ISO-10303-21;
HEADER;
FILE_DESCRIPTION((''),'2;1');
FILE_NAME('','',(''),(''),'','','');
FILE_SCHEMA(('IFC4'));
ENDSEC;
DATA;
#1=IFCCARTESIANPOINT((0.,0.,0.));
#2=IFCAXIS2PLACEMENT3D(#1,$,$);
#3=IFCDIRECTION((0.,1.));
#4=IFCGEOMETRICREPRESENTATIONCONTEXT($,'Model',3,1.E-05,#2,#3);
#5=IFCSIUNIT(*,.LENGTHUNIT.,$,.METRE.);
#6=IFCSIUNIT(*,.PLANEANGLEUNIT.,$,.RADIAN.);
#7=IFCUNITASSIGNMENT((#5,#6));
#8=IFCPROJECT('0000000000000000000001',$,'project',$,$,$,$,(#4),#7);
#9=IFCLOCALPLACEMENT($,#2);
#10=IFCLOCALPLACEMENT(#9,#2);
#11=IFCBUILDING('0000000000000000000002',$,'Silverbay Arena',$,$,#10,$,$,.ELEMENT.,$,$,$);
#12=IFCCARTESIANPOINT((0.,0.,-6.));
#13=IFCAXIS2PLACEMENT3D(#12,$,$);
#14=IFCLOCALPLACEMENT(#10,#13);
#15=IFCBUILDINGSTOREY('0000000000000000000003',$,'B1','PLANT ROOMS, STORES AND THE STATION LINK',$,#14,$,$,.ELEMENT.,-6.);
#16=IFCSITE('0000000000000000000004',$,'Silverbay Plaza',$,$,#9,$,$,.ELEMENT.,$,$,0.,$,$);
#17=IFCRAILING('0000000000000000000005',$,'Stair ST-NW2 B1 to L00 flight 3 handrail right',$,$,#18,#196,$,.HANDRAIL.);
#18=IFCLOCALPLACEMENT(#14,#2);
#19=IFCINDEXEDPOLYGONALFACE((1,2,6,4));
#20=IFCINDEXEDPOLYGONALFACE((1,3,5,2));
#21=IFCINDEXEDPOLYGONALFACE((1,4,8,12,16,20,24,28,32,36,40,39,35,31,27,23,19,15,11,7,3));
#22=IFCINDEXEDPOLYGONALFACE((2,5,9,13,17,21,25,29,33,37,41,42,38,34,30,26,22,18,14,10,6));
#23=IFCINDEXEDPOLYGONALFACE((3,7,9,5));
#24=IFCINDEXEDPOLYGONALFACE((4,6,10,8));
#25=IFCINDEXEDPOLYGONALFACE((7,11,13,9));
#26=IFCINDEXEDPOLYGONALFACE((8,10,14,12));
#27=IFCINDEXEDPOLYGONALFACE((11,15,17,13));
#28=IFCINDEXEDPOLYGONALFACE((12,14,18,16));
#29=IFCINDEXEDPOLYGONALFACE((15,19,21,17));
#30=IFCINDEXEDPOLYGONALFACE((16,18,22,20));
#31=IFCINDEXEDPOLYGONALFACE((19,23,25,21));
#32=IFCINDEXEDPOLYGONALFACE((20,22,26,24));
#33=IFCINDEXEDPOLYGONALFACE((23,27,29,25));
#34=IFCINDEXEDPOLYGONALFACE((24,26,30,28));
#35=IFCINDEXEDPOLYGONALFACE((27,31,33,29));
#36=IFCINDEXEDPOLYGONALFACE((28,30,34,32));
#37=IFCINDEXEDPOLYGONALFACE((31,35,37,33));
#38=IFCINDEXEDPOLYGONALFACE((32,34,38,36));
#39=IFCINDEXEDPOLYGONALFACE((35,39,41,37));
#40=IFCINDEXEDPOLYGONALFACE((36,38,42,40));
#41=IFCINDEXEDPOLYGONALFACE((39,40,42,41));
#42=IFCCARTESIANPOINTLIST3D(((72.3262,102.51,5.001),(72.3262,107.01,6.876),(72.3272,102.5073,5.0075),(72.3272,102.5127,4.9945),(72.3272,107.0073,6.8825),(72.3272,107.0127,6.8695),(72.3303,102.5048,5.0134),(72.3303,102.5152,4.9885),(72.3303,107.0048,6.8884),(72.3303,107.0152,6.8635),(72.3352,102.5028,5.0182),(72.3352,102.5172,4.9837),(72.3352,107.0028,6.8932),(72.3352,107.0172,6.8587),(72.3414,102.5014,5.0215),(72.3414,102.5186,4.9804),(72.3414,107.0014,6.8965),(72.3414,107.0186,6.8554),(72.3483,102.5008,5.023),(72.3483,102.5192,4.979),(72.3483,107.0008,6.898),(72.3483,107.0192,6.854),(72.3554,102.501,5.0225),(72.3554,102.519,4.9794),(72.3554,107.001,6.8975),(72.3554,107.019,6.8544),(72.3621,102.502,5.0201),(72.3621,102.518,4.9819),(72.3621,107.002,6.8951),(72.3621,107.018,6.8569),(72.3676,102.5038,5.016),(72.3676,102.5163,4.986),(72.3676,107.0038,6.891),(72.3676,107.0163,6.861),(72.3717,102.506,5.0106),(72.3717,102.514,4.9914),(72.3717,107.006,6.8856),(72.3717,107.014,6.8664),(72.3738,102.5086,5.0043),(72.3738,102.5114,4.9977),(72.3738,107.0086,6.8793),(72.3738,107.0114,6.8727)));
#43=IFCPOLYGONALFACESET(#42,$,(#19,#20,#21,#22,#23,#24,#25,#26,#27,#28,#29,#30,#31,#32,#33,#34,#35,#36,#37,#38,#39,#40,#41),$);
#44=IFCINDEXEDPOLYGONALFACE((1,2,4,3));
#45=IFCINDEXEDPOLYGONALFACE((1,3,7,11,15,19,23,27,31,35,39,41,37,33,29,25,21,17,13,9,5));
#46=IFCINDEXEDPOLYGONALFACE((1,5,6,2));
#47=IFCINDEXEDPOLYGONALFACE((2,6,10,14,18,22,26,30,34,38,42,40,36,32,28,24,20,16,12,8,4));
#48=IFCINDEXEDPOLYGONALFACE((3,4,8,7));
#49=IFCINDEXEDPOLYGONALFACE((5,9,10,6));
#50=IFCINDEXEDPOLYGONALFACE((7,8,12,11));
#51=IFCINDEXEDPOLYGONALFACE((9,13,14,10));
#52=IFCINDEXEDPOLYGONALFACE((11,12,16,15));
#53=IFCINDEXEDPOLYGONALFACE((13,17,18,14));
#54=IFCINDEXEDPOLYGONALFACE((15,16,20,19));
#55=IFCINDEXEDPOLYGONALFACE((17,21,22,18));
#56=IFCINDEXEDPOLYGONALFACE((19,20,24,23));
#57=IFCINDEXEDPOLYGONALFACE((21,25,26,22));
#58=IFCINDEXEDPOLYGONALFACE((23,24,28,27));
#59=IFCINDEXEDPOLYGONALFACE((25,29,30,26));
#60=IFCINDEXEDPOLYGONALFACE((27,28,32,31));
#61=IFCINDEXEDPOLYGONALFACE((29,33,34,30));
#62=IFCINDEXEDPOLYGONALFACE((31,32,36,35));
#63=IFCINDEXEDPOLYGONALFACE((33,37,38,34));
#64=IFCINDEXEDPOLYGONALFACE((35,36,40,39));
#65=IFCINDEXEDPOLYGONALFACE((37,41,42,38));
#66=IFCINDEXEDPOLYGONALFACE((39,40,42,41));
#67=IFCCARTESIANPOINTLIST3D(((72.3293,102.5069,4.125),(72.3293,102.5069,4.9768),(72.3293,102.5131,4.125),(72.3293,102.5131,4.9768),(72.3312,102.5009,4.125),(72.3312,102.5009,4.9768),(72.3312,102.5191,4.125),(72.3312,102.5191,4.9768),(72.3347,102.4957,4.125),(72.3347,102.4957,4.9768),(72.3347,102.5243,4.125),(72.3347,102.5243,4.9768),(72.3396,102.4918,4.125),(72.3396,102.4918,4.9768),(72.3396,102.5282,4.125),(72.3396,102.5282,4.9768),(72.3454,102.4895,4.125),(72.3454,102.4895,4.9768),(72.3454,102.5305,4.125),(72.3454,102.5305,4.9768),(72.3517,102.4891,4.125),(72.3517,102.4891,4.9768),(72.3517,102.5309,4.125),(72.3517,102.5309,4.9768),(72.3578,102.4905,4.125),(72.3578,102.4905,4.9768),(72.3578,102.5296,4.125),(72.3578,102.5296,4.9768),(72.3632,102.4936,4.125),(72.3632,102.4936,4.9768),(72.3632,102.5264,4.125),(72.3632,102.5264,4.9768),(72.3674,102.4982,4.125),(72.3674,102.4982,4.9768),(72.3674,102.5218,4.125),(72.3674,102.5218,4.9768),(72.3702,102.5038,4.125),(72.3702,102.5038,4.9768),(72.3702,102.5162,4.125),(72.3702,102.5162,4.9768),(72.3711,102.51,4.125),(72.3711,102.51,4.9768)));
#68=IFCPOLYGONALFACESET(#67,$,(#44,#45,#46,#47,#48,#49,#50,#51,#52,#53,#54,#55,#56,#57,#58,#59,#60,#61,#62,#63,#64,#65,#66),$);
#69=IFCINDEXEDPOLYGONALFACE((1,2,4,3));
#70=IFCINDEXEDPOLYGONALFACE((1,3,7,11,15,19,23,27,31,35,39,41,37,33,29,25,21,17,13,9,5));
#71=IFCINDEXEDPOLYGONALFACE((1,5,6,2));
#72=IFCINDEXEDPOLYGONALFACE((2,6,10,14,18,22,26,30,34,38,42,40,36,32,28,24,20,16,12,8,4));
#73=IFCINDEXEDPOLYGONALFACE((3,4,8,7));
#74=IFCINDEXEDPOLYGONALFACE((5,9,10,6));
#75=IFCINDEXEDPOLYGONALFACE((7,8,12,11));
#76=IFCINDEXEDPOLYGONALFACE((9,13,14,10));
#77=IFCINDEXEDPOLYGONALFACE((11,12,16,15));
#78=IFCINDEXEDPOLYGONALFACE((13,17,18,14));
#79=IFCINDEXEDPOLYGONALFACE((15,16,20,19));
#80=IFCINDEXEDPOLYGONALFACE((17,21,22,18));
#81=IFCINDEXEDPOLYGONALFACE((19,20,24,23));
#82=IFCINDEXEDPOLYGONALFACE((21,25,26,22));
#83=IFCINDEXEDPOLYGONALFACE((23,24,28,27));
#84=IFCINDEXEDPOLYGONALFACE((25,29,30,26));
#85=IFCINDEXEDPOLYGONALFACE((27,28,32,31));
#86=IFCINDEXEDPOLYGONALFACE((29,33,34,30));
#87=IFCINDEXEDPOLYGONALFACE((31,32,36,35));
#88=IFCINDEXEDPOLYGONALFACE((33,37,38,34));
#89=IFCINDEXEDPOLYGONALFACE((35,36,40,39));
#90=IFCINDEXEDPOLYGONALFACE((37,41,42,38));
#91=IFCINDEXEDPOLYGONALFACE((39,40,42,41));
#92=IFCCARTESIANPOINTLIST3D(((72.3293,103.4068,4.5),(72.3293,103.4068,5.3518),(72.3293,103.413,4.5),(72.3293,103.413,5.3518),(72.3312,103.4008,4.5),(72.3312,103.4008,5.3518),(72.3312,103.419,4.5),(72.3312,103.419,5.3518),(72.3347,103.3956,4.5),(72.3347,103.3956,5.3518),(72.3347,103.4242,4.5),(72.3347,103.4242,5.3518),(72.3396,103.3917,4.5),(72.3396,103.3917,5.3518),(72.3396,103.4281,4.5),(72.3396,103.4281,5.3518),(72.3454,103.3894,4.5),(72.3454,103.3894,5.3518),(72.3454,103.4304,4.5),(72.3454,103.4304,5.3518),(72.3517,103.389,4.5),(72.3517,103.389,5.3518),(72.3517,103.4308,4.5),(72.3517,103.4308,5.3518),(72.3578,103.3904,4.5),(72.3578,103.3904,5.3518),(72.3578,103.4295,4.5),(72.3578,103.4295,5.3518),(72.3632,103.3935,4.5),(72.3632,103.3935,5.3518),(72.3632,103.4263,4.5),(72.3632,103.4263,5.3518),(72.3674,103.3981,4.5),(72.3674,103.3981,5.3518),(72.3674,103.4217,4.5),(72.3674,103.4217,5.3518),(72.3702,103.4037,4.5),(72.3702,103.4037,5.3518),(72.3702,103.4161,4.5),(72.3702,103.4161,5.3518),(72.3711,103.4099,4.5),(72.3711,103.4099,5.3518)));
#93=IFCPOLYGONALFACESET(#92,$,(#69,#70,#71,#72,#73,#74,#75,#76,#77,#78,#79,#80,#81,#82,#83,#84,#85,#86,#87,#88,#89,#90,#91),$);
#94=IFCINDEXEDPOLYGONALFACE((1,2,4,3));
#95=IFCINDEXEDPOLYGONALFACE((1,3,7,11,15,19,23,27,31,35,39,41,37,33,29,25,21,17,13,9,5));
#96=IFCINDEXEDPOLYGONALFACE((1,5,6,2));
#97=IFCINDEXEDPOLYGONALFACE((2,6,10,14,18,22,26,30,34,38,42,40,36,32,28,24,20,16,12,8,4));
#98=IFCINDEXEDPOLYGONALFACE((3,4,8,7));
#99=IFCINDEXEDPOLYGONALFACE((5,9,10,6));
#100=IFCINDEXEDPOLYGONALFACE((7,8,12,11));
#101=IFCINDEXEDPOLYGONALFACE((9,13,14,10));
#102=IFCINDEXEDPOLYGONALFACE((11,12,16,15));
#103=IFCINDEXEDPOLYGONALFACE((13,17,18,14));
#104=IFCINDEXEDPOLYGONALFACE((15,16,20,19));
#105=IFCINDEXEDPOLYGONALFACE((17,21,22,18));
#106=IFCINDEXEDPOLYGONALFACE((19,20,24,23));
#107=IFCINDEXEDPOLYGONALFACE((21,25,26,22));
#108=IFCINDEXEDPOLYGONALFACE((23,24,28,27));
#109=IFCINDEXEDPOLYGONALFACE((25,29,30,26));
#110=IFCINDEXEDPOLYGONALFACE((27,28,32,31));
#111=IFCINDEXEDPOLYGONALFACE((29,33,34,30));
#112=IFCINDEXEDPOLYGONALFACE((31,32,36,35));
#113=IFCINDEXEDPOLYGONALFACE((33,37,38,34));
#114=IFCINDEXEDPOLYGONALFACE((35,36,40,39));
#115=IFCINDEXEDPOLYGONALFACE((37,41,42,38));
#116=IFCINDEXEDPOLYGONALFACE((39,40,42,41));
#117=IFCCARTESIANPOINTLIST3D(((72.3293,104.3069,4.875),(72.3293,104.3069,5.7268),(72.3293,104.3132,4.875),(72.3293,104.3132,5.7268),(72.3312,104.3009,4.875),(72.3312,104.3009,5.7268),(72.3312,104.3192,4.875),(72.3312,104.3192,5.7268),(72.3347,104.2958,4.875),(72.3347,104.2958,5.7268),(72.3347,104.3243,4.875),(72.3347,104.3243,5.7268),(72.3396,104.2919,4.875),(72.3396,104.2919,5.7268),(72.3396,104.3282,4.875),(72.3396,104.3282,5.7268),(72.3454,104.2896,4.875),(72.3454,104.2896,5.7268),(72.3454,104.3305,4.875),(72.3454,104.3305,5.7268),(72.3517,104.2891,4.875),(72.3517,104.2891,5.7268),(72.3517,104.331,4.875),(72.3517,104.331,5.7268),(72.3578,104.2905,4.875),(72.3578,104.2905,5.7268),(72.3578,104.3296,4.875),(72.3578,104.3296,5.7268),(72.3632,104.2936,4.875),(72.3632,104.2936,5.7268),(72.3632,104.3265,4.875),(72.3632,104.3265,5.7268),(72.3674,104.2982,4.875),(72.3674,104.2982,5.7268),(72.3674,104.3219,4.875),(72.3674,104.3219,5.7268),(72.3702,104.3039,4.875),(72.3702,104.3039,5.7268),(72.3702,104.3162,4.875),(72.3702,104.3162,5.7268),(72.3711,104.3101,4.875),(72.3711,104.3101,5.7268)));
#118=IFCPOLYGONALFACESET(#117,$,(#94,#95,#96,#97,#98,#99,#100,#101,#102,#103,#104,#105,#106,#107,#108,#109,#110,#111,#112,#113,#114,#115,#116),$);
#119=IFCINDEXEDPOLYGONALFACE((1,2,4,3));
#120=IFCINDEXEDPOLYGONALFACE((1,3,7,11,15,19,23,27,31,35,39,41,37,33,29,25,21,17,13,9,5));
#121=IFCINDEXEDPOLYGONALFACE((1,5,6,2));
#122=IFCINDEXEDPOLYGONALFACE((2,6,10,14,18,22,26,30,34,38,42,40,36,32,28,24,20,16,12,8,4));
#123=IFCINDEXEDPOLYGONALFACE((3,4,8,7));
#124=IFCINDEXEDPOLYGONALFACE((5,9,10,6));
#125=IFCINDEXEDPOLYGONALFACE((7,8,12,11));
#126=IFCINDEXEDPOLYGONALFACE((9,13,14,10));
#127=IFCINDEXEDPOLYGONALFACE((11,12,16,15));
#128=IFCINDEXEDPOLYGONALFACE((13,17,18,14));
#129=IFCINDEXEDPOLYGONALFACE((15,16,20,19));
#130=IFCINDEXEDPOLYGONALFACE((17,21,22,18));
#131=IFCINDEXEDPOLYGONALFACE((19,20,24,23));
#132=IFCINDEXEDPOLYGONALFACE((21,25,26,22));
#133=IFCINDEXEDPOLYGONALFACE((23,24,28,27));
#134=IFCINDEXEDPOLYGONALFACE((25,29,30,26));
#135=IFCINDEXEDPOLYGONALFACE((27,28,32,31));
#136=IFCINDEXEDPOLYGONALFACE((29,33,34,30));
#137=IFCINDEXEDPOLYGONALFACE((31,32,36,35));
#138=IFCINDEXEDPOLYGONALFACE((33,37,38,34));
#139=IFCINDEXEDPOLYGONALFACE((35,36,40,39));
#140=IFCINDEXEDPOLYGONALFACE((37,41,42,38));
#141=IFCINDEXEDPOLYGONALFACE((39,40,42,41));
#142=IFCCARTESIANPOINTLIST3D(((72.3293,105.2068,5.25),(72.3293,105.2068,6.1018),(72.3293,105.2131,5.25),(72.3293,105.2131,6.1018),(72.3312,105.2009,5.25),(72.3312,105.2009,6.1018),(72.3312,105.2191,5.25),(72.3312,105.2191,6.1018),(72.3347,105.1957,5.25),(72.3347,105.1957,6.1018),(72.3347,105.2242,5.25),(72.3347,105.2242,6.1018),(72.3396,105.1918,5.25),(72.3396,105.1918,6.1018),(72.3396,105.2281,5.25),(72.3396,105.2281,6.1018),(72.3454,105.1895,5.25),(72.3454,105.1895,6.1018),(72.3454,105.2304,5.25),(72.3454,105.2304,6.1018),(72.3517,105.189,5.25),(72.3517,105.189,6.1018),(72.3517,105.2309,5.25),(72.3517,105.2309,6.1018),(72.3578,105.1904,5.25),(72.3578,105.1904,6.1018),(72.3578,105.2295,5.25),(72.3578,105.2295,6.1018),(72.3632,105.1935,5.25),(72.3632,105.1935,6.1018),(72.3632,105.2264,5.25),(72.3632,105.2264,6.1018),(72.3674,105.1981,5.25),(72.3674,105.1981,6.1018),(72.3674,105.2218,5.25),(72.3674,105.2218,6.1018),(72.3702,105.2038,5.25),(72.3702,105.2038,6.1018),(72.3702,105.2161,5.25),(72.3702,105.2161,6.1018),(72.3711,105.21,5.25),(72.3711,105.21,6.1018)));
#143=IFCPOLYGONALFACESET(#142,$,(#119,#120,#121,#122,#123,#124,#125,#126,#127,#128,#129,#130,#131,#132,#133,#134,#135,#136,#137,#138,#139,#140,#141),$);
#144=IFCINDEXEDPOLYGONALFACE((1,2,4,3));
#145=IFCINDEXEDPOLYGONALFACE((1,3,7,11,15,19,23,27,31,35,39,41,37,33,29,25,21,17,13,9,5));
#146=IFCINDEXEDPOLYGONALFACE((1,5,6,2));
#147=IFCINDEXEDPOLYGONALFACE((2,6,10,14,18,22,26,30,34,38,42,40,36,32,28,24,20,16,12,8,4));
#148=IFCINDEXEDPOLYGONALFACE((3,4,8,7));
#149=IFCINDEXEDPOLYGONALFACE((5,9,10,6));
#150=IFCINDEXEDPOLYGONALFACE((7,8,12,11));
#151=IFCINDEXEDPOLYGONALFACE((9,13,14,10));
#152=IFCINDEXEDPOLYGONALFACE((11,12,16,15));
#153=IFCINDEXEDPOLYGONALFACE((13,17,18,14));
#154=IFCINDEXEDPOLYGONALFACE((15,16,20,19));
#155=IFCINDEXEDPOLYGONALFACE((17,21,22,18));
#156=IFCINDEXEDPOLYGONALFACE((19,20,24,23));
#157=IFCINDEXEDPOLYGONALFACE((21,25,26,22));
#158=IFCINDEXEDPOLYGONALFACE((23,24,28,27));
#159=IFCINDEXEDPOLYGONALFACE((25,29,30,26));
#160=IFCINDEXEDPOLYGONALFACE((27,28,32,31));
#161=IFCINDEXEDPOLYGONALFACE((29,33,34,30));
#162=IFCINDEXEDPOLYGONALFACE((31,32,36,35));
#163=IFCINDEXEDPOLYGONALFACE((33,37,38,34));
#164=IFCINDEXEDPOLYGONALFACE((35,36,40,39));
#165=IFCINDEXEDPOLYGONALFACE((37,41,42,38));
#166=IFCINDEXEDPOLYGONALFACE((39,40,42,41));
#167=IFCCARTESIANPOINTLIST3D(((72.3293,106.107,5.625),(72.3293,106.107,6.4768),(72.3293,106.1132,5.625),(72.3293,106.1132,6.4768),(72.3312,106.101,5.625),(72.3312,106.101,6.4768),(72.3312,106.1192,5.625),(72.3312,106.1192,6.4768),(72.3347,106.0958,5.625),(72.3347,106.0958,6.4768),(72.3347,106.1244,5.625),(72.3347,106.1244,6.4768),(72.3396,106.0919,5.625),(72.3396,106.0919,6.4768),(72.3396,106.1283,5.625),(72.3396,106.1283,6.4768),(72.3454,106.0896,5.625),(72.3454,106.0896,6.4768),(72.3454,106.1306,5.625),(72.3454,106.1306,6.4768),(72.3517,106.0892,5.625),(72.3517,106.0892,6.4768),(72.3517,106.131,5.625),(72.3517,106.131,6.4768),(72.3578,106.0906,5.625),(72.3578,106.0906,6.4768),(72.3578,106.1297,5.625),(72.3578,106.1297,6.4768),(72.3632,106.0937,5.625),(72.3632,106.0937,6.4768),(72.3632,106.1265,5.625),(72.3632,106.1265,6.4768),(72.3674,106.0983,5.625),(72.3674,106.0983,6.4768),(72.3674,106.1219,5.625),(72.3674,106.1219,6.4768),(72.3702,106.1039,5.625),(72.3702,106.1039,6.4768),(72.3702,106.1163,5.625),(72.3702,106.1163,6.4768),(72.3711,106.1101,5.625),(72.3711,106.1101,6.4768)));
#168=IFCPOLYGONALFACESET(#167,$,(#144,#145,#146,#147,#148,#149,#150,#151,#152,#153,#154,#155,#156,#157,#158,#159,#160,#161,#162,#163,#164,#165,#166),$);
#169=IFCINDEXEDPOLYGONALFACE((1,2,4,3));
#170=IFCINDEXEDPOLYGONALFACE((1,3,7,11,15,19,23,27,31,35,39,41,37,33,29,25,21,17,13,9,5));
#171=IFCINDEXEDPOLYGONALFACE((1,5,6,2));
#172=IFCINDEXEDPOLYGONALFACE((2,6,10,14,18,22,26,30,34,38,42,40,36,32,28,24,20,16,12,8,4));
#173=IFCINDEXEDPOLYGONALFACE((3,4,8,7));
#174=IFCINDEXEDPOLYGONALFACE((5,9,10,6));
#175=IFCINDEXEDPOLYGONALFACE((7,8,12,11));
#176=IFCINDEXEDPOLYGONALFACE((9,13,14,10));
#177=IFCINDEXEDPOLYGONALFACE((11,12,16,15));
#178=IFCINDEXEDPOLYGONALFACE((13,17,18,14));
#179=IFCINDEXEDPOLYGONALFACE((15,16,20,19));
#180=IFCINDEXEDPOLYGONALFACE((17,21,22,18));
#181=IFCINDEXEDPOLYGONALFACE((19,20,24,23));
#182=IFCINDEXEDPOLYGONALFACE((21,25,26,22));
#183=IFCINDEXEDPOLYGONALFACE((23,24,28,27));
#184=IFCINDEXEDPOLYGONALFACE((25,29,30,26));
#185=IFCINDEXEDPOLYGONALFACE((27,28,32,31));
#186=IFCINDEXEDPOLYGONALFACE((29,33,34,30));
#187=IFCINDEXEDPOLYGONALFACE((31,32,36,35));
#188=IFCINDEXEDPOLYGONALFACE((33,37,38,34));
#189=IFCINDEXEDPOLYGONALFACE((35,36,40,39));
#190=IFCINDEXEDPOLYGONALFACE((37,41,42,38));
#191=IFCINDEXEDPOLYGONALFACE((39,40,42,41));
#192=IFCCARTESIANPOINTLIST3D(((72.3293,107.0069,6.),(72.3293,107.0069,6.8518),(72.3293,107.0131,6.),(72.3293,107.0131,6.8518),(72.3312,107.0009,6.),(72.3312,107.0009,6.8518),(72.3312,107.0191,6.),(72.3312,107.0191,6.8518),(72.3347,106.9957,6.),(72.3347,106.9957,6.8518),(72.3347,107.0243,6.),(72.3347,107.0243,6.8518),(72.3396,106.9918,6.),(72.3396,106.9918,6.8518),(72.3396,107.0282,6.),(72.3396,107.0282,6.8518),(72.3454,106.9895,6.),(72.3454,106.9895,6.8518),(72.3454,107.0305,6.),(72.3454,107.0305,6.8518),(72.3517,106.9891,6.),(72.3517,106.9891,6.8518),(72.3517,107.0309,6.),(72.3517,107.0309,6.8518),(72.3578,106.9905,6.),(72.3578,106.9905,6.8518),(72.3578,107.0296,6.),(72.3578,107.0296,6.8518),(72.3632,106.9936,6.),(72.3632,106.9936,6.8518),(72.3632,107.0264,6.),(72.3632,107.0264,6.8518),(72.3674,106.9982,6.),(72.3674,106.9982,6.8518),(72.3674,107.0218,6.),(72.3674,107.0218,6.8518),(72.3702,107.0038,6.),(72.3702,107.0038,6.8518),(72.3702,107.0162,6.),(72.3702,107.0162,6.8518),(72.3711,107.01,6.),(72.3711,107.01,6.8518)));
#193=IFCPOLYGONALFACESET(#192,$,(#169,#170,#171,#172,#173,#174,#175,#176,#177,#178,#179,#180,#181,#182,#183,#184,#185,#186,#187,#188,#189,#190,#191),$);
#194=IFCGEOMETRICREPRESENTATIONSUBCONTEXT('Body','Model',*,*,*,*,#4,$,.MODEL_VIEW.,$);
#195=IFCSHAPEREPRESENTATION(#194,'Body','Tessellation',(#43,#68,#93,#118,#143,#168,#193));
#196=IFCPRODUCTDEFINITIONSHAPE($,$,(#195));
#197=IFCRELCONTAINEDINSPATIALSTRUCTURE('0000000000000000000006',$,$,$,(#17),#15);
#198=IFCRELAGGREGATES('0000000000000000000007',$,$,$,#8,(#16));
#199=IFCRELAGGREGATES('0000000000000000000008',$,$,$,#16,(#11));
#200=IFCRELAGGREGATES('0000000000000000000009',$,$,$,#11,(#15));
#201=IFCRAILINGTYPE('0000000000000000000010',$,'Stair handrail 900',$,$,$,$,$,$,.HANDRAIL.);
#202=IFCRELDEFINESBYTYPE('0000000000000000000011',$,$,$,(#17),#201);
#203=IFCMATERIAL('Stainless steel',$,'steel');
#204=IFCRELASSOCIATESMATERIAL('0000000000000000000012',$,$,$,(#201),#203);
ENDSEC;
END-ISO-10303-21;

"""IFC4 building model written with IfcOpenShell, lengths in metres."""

from ifc_helpers import new_model, si_unit, direction, frame, origin, origin_2d, place, context, subcontext, project, spatial, circle, extrude, material, type_object, element, save


model = new_model("IFC4")

# Units and contexts
model_context = context("Model", 3, precision=1e-05, world=origin(), true_north=direction((0.0, 1.0)))
body_context = subcontext(model_context, "Body", "Model", "MODEL_VIEW")
ifc_project = project(units=[si_unit("LENGTHUNIT", "METRE"), si_unit("PLANEANGLEUNIT", "RADIAN")], contexts=[model_context])

# Site, building, storey
site_placement = place(None, origin())
site = spatial("IfcSite", under=ifc_project, at=site_placement, Name="Silverbay Plaza", CompositionType="ELEMENT", RefElevation=0.0)
building_placement = place(site_placement, origin())
building = spatial("IfcBuilding", under=site, at=building_placement, Name="Silverbay Arena", CompositionType="ELEMENT")
storey_placement = place(building_placement, frame((0.0, 0.0, -6.0)))
storey = spatial("IfcBuildingStorey", under=building, at=storey_placement, Name="B1", Description="PLANT ROOMS, STORES AND THE STATION LINK", CompositionType="ELEMENT", Elevation=-6.0)

# Railing
ifc_material_1 = material(Name="Stainless steel", Category="steel")
railing_type_1 = type_object("IfcRailingType", Name="Stair handrail 900", PredefinedType="HANDRAIL", material=ifc_material_1)
railing_1_placement = place(storey_placement, frame((72.3501, 102.51, 4.125)))
element("IfcRailing", 1, at=railing_1_placement, inside=storey, type_object=railing_type_1, Name="Stair ST-NW2 B1 to L00 flight 3 handrail right", PredefinedType="HANDRAIL", context=body_context, shape_type="SweptSolid", body=[
    extrude(circle(Radius=0.0239, at=origin_2d()), frame((0.0, 0.0, 0.876), z_axis=(0.0, 0.923077, 0.384615), x_axis=(-1.0, 0.0, 0.0)), (0.0, 0.0, 1.0), 4.875),
    extrude(circle(Radius=0.021, at=origin_2d()), origin(), (0.0, 0.0, 1.0), 0.8518),
    extrude(circle(Radius=0.021, at=origin_2d()), frame((0.0, 0.8999, 0.375)), (0.0, 0.0, 1.0), 0.8518),
    extrude(circle(Radius=0.021, at=origin_2d()), frame((0.0, 1.8, 0.75)), (0.0, 0.0, 1.0), 0.8518),
    extrude(circle(Radius=0.021, at=origin_2d()), frame((0.0, 2.7, 1.125)), (0.0, 0.0, 1.0), 0.8518),
    extrude(circle(Radius=0.021, at=origin_2d()), frame((0.0, 3.6001, 1.5)), (0.0, 0.0, 1.0), 0.8518),
    extrude(circle(Radius=0.021, at=origin_2d()), frame((0.0, 4.5, 1.875)), (0.0, 0.0, 1.0), 0.8518),
])

save(model, "model.ifc")
